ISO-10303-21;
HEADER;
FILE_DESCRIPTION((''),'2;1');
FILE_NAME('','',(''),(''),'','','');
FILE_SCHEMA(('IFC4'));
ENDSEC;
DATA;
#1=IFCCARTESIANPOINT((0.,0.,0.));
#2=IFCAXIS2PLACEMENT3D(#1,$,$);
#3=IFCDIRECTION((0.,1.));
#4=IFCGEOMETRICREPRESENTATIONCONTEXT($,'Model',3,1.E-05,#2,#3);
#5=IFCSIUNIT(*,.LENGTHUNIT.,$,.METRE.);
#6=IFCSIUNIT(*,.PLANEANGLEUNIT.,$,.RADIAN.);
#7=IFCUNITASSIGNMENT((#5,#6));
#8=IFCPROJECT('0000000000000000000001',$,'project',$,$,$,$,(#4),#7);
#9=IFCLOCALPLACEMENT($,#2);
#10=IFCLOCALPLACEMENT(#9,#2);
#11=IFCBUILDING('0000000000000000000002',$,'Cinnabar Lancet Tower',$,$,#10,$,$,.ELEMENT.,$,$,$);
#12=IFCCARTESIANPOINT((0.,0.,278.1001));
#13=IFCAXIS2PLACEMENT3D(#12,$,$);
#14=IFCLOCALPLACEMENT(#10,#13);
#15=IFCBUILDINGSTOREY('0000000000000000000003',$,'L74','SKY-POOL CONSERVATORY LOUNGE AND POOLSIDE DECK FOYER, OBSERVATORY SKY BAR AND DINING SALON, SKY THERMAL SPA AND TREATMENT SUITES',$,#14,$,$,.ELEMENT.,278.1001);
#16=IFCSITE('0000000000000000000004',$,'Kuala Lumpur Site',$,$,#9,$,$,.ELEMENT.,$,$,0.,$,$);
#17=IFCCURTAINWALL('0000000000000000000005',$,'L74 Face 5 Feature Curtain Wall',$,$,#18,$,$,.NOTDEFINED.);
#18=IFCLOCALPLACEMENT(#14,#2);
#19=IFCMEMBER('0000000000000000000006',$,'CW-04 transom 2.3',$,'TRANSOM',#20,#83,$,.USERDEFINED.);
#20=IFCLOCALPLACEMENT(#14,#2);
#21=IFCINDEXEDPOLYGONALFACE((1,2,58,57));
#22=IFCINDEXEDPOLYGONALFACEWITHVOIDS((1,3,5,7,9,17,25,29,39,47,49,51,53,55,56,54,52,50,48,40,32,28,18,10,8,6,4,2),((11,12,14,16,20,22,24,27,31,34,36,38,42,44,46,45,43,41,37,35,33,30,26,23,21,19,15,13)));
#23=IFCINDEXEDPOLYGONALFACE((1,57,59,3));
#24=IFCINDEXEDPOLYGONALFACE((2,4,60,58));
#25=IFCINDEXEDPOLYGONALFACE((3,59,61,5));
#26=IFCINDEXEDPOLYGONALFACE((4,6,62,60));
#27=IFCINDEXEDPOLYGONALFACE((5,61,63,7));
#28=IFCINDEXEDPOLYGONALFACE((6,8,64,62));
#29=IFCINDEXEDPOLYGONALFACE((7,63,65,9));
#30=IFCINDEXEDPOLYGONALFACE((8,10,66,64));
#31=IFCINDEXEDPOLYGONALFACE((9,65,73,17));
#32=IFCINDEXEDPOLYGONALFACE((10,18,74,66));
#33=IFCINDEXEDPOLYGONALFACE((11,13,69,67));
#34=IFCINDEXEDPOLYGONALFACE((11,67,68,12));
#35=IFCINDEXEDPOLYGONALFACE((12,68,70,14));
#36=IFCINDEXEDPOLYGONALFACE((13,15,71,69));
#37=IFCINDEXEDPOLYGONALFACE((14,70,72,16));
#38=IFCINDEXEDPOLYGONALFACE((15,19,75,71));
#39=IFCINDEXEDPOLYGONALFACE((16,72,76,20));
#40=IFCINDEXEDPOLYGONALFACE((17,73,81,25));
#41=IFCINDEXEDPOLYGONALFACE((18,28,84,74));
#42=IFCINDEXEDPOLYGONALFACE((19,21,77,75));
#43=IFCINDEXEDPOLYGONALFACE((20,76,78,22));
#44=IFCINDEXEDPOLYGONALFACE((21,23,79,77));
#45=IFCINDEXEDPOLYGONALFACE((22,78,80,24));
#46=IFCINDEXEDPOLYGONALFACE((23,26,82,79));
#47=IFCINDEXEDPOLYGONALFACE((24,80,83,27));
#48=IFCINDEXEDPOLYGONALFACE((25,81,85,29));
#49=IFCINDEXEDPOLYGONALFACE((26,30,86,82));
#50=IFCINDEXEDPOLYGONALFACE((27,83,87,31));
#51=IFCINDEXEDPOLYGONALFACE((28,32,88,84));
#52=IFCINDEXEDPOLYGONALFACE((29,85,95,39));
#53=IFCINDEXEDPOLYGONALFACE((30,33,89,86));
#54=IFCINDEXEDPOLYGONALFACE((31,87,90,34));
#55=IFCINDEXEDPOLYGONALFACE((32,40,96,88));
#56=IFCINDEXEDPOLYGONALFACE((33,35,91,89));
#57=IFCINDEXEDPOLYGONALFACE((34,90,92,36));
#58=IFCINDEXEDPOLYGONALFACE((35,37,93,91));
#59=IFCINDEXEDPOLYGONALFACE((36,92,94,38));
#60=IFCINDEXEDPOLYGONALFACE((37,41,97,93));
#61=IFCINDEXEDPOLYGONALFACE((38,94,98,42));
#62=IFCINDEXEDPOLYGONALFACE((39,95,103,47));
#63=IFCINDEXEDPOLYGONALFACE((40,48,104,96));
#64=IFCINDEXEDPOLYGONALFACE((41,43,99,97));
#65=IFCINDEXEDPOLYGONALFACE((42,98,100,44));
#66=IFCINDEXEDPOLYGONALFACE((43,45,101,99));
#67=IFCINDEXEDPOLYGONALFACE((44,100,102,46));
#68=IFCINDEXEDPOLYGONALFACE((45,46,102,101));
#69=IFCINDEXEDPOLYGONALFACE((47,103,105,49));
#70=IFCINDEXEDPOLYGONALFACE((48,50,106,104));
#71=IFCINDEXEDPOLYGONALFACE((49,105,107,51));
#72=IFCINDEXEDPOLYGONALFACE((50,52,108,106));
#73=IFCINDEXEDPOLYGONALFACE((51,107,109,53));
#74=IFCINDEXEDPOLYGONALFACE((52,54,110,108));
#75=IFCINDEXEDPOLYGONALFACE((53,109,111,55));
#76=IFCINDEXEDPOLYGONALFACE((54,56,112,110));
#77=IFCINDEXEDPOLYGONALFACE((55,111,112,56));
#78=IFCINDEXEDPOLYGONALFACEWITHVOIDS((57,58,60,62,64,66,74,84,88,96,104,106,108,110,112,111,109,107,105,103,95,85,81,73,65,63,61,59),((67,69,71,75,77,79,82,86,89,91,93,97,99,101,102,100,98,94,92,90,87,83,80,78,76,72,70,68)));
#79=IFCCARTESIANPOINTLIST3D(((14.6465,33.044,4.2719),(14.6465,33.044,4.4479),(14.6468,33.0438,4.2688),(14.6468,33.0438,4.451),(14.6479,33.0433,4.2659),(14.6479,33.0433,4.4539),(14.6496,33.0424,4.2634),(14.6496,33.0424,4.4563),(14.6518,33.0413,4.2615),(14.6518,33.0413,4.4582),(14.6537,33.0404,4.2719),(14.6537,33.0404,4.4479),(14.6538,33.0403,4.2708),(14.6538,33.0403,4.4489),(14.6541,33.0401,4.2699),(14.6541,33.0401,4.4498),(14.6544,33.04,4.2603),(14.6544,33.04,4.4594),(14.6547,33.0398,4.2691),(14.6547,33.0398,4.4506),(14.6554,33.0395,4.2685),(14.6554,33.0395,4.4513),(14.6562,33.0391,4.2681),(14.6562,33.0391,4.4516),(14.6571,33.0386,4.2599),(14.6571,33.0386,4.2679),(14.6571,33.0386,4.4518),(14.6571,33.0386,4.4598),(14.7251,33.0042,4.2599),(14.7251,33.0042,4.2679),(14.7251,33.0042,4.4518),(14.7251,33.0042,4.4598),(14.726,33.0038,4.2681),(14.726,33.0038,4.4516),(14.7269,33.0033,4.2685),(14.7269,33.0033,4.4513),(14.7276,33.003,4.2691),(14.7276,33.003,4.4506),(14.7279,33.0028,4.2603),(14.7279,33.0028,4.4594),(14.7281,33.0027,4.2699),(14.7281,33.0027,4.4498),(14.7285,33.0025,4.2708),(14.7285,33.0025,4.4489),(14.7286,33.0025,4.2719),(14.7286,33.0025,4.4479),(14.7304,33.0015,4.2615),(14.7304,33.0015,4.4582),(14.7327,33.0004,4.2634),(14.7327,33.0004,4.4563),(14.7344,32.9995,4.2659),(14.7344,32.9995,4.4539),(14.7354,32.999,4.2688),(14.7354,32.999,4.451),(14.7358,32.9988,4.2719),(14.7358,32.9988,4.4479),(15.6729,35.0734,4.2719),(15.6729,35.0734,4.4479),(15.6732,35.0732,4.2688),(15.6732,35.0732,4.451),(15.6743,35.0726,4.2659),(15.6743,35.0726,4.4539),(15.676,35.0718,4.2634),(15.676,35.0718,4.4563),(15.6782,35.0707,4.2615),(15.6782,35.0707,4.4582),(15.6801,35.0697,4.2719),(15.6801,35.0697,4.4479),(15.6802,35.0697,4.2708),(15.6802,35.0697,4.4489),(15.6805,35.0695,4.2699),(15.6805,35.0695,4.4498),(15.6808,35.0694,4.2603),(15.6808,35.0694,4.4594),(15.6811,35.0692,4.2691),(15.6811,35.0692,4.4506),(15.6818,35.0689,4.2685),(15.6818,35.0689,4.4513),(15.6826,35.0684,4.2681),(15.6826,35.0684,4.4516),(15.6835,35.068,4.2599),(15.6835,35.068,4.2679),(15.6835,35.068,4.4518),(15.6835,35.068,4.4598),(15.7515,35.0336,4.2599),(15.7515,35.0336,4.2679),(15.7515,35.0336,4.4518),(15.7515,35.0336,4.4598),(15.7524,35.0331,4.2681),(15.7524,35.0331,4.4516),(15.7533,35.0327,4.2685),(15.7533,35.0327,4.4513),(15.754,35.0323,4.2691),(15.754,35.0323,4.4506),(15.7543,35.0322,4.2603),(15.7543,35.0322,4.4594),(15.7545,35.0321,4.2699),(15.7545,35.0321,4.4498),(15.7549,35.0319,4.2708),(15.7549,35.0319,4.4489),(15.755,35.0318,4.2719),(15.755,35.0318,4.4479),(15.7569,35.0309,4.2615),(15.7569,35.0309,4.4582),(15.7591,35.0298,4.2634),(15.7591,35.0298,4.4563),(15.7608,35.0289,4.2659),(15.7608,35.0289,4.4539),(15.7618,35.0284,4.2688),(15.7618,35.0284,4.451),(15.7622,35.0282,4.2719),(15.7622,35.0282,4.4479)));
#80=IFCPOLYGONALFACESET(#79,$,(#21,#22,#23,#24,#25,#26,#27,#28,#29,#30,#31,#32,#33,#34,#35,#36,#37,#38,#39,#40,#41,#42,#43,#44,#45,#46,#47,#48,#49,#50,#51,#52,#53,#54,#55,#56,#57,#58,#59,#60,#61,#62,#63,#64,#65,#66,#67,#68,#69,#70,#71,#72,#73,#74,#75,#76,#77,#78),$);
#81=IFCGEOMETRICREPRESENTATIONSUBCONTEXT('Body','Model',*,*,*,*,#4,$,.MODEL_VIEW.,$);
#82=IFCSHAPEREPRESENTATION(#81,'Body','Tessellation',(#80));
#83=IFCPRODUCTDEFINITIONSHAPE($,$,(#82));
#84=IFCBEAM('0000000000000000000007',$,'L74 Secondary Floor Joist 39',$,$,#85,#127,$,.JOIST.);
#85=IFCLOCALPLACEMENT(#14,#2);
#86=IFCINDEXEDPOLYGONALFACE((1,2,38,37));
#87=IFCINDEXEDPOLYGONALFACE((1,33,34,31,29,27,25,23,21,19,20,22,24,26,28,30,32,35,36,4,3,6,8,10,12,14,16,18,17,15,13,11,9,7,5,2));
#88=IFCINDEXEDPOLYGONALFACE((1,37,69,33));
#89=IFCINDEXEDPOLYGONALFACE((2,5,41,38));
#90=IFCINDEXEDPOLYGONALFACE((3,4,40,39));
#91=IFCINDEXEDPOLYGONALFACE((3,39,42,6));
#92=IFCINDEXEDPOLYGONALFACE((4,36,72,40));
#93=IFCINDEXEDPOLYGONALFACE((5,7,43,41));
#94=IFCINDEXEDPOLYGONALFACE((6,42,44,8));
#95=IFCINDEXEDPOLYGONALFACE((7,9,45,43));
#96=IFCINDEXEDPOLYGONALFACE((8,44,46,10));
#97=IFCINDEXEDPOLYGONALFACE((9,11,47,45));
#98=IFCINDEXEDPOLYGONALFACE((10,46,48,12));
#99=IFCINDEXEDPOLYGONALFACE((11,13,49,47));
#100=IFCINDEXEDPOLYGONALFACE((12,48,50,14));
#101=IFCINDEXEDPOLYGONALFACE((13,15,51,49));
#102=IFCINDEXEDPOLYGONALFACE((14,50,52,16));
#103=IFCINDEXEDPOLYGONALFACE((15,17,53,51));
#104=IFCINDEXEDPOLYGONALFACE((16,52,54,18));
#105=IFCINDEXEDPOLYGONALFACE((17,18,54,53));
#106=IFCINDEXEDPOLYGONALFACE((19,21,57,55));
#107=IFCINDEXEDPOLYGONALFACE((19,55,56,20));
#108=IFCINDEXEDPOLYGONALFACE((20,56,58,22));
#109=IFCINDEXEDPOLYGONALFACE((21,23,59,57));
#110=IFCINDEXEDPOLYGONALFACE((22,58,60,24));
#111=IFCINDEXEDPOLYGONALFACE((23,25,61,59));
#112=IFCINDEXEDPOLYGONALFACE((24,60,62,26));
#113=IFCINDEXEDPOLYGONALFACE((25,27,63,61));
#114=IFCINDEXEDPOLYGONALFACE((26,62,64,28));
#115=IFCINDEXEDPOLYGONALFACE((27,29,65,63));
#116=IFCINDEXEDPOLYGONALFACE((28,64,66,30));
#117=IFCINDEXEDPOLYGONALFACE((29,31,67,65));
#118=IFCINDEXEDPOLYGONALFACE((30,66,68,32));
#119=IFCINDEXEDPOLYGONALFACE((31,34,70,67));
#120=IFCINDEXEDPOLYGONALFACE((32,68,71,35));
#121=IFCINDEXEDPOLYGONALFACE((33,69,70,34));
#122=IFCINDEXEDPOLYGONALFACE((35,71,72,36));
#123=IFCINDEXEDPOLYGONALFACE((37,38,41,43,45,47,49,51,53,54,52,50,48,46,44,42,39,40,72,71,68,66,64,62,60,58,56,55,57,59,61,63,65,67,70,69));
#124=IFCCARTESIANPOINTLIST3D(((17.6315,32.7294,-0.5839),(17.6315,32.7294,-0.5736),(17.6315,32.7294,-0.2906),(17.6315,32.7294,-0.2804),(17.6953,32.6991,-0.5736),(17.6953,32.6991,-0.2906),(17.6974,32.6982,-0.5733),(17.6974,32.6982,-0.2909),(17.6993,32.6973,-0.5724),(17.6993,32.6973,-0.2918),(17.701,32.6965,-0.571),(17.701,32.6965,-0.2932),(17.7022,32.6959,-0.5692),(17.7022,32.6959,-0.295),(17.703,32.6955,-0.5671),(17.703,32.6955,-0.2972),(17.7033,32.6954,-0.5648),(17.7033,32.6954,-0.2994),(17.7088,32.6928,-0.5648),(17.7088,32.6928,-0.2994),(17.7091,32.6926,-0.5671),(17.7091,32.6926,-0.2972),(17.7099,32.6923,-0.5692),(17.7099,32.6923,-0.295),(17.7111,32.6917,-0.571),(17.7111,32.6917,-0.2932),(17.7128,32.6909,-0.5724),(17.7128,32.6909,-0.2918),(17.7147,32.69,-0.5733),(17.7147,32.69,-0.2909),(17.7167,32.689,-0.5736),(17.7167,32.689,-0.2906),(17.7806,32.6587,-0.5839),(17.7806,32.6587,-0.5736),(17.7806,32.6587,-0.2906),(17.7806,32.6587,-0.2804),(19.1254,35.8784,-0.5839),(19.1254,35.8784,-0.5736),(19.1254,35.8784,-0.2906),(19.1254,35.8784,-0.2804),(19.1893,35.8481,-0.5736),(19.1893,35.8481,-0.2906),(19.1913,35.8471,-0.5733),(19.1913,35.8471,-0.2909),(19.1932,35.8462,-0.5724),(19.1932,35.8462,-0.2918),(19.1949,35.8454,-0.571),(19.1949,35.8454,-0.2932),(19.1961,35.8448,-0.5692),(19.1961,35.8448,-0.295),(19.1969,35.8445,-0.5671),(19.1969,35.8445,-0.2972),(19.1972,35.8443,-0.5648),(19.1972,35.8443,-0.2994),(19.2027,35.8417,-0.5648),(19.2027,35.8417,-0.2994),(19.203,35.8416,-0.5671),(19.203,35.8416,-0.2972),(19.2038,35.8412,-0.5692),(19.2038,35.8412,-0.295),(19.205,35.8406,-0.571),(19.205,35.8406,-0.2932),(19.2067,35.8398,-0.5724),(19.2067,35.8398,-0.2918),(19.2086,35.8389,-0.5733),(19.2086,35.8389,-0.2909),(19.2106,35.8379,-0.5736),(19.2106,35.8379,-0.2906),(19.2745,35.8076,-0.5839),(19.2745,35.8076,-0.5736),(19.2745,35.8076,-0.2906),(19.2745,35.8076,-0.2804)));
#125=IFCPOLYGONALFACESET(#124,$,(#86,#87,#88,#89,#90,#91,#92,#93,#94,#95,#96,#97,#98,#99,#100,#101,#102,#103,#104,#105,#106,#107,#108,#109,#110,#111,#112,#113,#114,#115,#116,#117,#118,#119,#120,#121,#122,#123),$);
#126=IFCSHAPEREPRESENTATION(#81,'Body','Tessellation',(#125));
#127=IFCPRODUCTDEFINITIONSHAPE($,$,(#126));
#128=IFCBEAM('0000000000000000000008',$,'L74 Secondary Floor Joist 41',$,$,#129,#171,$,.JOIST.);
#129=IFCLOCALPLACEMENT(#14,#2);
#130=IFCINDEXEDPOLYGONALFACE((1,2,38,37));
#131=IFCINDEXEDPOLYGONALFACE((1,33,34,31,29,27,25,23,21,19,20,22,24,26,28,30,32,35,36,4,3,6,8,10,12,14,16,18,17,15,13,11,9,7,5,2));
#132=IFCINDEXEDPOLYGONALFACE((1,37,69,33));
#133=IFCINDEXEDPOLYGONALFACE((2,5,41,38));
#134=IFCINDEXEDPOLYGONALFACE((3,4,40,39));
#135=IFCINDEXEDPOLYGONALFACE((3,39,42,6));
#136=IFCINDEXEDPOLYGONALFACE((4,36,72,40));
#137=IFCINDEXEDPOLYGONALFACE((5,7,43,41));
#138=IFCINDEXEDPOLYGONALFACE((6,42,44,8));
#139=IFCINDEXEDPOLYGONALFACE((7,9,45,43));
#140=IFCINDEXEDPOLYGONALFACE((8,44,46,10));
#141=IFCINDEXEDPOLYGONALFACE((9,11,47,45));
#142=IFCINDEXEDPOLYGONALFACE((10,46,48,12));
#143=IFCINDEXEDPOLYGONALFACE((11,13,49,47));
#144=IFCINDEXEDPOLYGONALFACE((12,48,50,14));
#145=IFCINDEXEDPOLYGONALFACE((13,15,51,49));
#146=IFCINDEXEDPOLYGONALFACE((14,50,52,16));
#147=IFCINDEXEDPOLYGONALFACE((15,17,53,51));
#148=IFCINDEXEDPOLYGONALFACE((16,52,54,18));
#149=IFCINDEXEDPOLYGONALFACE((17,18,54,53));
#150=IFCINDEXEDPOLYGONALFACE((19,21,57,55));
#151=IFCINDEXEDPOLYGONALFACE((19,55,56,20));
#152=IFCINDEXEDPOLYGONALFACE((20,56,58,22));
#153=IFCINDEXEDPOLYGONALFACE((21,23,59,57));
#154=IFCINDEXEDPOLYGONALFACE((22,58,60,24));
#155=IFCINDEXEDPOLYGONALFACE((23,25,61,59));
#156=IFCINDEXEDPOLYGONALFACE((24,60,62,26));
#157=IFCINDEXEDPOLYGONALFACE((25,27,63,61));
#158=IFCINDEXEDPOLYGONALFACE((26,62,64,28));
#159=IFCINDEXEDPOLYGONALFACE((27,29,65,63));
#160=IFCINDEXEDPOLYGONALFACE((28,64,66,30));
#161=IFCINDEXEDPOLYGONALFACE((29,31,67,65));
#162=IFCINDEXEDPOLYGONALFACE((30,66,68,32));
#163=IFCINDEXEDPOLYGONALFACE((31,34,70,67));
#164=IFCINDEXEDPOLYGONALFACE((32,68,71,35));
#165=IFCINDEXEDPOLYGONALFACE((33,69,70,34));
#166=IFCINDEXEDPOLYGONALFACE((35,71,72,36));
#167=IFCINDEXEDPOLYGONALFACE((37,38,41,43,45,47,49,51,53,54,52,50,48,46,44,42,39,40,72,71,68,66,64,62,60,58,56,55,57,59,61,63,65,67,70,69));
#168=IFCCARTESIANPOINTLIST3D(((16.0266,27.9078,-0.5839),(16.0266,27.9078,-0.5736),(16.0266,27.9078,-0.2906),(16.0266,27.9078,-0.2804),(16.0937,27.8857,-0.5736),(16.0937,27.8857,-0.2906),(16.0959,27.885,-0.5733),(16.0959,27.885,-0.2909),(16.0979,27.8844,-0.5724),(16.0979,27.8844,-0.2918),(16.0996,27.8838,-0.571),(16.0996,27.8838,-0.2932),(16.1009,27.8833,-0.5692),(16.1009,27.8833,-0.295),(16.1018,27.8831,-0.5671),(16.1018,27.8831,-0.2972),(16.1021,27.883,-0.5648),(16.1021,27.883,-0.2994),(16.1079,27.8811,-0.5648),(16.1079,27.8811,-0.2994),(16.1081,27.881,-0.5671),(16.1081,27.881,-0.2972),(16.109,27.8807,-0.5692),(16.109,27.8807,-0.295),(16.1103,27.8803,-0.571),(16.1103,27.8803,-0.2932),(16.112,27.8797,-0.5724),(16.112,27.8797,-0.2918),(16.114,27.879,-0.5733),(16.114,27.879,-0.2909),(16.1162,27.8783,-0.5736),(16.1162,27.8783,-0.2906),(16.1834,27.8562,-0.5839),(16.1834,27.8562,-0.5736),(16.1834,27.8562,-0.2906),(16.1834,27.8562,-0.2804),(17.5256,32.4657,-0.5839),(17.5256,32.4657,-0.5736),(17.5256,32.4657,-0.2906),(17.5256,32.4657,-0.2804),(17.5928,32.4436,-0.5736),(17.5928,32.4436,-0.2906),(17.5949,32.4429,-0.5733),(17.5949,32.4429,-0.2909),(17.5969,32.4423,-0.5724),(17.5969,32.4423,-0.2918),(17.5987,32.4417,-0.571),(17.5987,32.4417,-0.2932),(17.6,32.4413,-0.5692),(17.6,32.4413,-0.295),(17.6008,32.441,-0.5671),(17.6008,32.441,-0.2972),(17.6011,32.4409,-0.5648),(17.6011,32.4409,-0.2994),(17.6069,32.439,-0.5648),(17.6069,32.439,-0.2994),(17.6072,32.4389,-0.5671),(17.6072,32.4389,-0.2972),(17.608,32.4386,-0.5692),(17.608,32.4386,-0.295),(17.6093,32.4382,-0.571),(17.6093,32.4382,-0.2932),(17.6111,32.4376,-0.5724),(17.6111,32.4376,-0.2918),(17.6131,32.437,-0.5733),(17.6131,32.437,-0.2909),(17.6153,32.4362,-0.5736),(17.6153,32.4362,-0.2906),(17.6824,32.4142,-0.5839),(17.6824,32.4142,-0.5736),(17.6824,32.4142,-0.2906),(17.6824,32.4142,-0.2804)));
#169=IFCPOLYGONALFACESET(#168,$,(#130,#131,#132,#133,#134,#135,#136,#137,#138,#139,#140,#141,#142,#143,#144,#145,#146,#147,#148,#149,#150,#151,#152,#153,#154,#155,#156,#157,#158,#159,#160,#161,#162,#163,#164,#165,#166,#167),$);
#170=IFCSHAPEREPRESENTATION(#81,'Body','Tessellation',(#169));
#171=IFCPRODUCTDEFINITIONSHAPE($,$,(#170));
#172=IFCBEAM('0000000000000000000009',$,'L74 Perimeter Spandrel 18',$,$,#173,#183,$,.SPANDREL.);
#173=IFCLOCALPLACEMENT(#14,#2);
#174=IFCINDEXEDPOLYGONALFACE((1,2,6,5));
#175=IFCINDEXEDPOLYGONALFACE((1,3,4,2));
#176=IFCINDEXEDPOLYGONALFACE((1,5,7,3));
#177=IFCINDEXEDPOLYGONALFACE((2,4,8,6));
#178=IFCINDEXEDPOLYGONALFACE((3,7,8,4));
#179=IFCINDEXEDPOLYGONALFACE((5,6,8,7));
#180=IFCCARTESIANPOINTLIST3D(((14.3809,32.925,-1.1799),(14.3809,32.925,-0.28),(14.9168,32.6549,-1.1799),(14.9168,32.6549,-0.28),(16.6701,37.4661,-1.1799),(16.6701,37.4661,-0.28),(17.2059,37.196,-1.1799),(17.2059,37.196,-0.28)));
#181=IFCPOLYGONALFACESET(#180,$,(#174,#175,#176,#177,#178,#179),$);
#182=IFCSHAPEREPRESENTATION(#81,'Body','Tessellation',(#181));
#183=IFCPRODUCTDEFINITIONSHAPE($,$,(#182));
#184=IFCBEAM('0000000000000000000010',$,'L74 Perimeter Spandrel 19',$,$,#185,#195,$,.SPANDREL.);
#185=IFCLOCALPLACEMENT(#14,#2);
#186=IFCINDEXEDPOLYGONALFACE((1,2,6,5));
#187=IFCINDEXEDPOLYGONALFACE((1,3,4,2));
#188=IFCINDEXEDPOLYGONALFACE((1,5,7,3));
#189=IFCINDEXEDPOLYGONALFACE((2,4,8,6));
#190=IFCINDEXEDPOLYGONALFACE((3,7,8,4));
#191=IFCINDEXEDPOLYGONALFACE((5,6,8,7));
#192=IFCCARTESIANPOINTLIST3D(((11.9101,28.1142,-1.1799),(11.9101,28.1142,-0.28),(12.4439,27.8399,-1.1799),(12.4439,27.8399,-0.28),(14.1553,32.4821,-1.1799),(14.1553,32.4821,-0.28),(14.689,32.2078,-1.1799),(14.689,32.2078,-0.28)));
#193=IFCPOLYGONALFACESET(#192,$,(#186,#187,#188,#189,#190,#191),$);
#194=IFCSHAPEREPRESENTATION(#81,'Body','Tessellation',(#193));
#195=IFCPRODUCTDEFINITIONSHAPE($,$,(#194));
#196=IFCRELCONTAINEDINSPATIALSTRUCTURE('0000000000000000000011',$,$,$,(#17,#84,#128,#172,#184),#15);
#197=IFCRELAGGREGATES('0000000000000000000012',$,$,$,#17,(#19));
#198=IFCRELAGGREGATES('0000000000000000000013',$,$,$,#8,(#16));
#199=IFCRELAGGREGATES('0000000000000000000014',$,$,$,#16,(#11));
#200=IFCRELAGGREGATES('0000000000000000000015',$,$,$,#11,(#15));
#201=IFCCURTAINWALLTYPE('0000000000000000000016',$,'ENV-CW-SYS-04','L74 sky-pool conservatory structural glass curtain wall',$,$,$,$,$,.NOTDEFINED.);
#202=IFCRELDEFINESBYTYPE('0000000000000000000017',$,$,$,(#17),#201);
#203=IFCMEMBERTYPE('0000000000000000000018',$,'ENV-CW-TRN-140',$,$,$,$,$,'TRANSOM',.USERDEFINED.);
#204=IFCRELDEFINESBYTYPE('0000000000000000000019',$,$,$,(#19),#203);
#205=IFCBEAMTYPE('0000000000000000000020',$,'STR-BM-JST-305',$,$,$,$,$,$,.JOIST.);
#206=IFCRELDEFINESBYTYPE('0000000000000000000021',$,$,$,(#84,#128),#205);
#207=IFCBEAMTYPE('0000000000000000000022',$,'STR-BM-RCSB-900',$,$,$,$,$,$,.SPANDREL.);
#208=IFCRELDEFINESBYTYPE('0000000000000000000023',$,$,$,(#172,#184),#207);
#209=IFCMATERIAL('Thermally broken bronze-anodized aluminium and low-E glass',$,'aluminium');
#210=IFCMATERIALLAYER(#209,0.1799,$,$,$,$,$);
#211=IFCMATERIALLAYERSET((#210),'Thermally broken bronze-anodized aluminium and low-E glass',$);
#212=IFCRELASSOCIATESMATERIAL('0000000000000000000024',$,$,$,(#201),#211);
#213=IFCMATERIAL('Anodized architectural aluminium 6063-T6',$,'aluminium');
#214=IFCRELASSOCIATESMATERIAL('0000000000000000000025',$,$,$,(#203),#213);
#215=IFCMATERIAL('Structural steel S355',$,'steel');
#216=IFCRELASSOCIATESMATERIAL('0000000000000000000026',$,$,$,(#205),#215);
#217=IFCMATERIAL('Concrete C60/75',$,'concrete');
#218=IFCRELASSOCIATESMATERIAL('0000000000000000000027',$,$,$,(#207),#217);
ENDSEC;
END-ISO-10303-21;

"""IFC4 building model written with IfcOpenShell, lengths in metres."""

from ifc_helpers import new_model, si_unit, direction, frame, origin, origin_2d, place, context, subcontext, project, spatial, rectangle, hollow_rectangle, i_section, extrude, material, layer, layer_set, material_profile, profile_set, type_object, element, aggregate, save


model = new_model("IFC4")

# Units and contexts
model_context = context("Model", 3, precision=1e-05, world=origin(), true_north=direction((0.0, 1.0)))
body_context = subcontext(model_context, "Body", "Model", "MODEL_VIEW")
ifc_project = project(units=[si_unit("LENGTHUNIT", "METRE"), si_unit("PLANEANGLEUNIT", "RADIAN")], contexts=[model_context])

# Site, building, storey
site_placement = place(None, origin())
site = spatial("IfcSite", under=ifc_project, at=site_placement, Name="Kuala Lumpur Site", CompositionType="ELEMENT", RefElevation=0.0)
building_placement = place(site_placement, origin())
building = spatial("IfcBuilding", under=site, at=building_placement, Name="Cinnabar Lancet Tower", CompositionType="ELEMENT")
storey_placement = place(building_placement, frame((0.0, 0.0, 278.1001)))
storey = spatial("IfcBuildingStorey", under=building, at=storey_placement, Name="L74", Description="SKY-POOL CONSERVATORY LOUNGE AND POOLSIDE DECK FOYER, OBSERVATORY SKY BAR AND DINING SALON, SKY THERMAL SPA AND TREATMENT SUITES", CompositionType="ELEMENT", Elevation=278.1001)

# Curtain wall, member
ifc_material_1 = material(Name="Thermally broken bronze-anodized aluminium and low-E glass", Category="aluminium")
ifc_layer_1 = layer(ifc_material_1, 0.1799)
ifc_layer_set_1 = layer_set([ifc_layer_1], Name="Thermally broken bronze-anodized aluminium and low-E glass")
curtain_wall_type = type_object("IfcCurtainWallType", Name="ENV-CW-SYS-04", Description="L74 sky-pool conservatory structural glass curtain wall", PredefinedType="NOTDEFINED", material=ifc_layer_set_1)
curtain_wall_placement = place(storey_placement, origin())
curtain_wall = element("IfcCurtainWall", 1, at=curtain_wall_placement, inside=storey, type_object=curtain_wall_type, Name="L74 Face 5 Feature Curtain Wall", PredefinedType="NOTDEFINED")
ifc_material_2 = material(Name="Anodized architectural aluminium 6063-T6", Category="aluminium")
ifc_material_profile_1 = material_profile(ifc_material_2, hollow_rectangle(XDim=0.1001, YDim=0.2, WallThickness=0.0081, InnerFilletRadius=0.0039, OuterFilletRadius=0.012, at=origin_2d()), Name="RHS 200x100x8")
ifc_profile_set_1 = profile_set([ifc_material_profile_1], Name="Anodized architectural aluminium 6063-T6")
member_type_1 = type_object("IfcMemberType", Name="ENV-CW-TRN-140", ElementType="TRANSOM", PredefinedType="USERDEFINED", material=ifc_profile_set_1)
member_1_placement = place(storey_placement, frame((15.7175, 35.0508, 4.3599), z_axis=(-0.451331, -0.892356, 0.0), x_axis=(0.892356, -0.451331, 0.0)))
member_1 = element("IfcMember", 2, at=member_1_placement, type_object=member_type_1, Name="CW-04 transom 2.3", ObjectType="TRANSOM", PredefinedType="USERDEFINED", context=body_context, shape_type="SweptSolid", body=[
    extrude(hollow_rectangle(XDim=0.1001, YDim=0.2, WallThickness=0.0081, InnerFilletRadius=0.0039, OuterFilletRadius=0.012, at=origin_2d()), origin(), (0.0, 0.0, 1.0), 2.2742),
])

# Beams
ifc_material_3 = material(Name="Structural steel S355", Category="steel")
ifc_material_profile_2 = material_profile(ifc_material_3, i_section(OverallWidth=0.165, OverallDepth=0.3035, WebThickness=0.0061, FlangeThickness=0.0103, FilletRadius=0.0088, at=origin_2d()), Name="UKB 305x165x40")
ifc_profile_set_2 = profile_set([ifc_material_profile_2], Name="Structural steel S355")
beam_type_1 = type_object("IfcBeamType", Name="STR-BM-JST-305", PredefinedType="JOIST", material=ifc_profile_set_2)
beam_1_placement = place(storey_placement, frame((19.2, 35.843, -0.4321), z_axis=(-0.428625, -0.903482, 0.0), x_axis=(0.903482, -0.428625, 0.0)))
element("IfcBeam", 3, at=beam_1_placement, inside=storey, type_object=beam_type_1, Name="L74 Secondary Floor Joist 39", PredefinedType="JOIST", context=body_context, shape_type="SweptSolid", body=[
    extrude(i_section(OverallWidth=0.165, OverallDepth=0.3035, WebThickness=0.0061, FlangeThickness=0.0103, FilletRadius=0.0088, at=origin_2d()), origin(), (0.0, 0.0, 1.0), 3.4854),
])
beam_2_placement = place(storey_placement, frame((17.604, 32.4399, -0.4321), z_axis=(-0.312424, -0.949943, 0.0), x_axis=(0.949943, -0.312424, 0.0)))
element("IfcBeam", 4, at=beam_2_placement, inside=storey, type_object=beam_type_1, Name="L74 Secondary Floor Joist 41", PredefinedType="JOIST", context=body_context, shape_type="SweptSolid", body=[
    extrude(i_section(OverallWidth=0.165, OverallDepth=0.3035, WebThickness=0.0061, FlangeThickness=0.0103, FilletRadius=0.0088, at=origin_2d()), origin(), (0.0, 0.0, 1.0), 4.7981),
])
ifc_material_4 = material(Name="Concrete C60/75", Category="concrete")
ifc_material_profile_3 = material_profile(ifc_material_4, rectangle(XDim=0.6001, YDim=0.8999, at=origin_2d()), Name="RC-SB 600x900")
ifc_profile_set_3 = profile_set([ifc_material_profile_3], Name="Concrete C60/75")
beam_type_2 = type_object("IfcBeamType", Name="STR-BM-RCSB-900", PredefinedType="SPANDREL", material=ifc_profile_set_3)
beam_3_placement = place(storey_placement, frame((16.938, 37.3311, -0.73), z_axis=(-0.45013, -0.892963, 0.0), x_axis=(0.892963, -0.45013, 0.0)))
element("IfcBeam", 5, at=beam_3_placement, inside=storey, type_object=beam_type_2, Name="L74 Perimeter Spandrel 18", PredefinedType="SPANDREL", context=body_context, shape_type="SweptSolid", body=[
    extrude(rectangle(XDim=0.6001, YDim=0.8999, at=origin_2d()), origin(), (0.0, 0.0, 1.0), 5.0854),
])
beam_4_placement = place(storey_placement, frame((14.4221, 32.345, -0.73), z_axis=(-0.457148, -0.889391, 0.0), x_axis=(0.889391, -0.457148, 0.0)))
element("IfcBeam", 6, at=beam_4_placement, inside=storey, type_object=beam_type_2, Name="L74 Perimeter Spandrel 19", PredefinedType="SPANDREL", context=body_context, shape_type="SweptSolid", body=[
    extrude(rectangle(XDim=0.6001, YDim=0.8999, at=origin_2d()), origin(), (0.0, 0.0, 1.0), 4.9111),
])

aggregate(curtain_wall, [member_1])

save(model, "model.ifc")
